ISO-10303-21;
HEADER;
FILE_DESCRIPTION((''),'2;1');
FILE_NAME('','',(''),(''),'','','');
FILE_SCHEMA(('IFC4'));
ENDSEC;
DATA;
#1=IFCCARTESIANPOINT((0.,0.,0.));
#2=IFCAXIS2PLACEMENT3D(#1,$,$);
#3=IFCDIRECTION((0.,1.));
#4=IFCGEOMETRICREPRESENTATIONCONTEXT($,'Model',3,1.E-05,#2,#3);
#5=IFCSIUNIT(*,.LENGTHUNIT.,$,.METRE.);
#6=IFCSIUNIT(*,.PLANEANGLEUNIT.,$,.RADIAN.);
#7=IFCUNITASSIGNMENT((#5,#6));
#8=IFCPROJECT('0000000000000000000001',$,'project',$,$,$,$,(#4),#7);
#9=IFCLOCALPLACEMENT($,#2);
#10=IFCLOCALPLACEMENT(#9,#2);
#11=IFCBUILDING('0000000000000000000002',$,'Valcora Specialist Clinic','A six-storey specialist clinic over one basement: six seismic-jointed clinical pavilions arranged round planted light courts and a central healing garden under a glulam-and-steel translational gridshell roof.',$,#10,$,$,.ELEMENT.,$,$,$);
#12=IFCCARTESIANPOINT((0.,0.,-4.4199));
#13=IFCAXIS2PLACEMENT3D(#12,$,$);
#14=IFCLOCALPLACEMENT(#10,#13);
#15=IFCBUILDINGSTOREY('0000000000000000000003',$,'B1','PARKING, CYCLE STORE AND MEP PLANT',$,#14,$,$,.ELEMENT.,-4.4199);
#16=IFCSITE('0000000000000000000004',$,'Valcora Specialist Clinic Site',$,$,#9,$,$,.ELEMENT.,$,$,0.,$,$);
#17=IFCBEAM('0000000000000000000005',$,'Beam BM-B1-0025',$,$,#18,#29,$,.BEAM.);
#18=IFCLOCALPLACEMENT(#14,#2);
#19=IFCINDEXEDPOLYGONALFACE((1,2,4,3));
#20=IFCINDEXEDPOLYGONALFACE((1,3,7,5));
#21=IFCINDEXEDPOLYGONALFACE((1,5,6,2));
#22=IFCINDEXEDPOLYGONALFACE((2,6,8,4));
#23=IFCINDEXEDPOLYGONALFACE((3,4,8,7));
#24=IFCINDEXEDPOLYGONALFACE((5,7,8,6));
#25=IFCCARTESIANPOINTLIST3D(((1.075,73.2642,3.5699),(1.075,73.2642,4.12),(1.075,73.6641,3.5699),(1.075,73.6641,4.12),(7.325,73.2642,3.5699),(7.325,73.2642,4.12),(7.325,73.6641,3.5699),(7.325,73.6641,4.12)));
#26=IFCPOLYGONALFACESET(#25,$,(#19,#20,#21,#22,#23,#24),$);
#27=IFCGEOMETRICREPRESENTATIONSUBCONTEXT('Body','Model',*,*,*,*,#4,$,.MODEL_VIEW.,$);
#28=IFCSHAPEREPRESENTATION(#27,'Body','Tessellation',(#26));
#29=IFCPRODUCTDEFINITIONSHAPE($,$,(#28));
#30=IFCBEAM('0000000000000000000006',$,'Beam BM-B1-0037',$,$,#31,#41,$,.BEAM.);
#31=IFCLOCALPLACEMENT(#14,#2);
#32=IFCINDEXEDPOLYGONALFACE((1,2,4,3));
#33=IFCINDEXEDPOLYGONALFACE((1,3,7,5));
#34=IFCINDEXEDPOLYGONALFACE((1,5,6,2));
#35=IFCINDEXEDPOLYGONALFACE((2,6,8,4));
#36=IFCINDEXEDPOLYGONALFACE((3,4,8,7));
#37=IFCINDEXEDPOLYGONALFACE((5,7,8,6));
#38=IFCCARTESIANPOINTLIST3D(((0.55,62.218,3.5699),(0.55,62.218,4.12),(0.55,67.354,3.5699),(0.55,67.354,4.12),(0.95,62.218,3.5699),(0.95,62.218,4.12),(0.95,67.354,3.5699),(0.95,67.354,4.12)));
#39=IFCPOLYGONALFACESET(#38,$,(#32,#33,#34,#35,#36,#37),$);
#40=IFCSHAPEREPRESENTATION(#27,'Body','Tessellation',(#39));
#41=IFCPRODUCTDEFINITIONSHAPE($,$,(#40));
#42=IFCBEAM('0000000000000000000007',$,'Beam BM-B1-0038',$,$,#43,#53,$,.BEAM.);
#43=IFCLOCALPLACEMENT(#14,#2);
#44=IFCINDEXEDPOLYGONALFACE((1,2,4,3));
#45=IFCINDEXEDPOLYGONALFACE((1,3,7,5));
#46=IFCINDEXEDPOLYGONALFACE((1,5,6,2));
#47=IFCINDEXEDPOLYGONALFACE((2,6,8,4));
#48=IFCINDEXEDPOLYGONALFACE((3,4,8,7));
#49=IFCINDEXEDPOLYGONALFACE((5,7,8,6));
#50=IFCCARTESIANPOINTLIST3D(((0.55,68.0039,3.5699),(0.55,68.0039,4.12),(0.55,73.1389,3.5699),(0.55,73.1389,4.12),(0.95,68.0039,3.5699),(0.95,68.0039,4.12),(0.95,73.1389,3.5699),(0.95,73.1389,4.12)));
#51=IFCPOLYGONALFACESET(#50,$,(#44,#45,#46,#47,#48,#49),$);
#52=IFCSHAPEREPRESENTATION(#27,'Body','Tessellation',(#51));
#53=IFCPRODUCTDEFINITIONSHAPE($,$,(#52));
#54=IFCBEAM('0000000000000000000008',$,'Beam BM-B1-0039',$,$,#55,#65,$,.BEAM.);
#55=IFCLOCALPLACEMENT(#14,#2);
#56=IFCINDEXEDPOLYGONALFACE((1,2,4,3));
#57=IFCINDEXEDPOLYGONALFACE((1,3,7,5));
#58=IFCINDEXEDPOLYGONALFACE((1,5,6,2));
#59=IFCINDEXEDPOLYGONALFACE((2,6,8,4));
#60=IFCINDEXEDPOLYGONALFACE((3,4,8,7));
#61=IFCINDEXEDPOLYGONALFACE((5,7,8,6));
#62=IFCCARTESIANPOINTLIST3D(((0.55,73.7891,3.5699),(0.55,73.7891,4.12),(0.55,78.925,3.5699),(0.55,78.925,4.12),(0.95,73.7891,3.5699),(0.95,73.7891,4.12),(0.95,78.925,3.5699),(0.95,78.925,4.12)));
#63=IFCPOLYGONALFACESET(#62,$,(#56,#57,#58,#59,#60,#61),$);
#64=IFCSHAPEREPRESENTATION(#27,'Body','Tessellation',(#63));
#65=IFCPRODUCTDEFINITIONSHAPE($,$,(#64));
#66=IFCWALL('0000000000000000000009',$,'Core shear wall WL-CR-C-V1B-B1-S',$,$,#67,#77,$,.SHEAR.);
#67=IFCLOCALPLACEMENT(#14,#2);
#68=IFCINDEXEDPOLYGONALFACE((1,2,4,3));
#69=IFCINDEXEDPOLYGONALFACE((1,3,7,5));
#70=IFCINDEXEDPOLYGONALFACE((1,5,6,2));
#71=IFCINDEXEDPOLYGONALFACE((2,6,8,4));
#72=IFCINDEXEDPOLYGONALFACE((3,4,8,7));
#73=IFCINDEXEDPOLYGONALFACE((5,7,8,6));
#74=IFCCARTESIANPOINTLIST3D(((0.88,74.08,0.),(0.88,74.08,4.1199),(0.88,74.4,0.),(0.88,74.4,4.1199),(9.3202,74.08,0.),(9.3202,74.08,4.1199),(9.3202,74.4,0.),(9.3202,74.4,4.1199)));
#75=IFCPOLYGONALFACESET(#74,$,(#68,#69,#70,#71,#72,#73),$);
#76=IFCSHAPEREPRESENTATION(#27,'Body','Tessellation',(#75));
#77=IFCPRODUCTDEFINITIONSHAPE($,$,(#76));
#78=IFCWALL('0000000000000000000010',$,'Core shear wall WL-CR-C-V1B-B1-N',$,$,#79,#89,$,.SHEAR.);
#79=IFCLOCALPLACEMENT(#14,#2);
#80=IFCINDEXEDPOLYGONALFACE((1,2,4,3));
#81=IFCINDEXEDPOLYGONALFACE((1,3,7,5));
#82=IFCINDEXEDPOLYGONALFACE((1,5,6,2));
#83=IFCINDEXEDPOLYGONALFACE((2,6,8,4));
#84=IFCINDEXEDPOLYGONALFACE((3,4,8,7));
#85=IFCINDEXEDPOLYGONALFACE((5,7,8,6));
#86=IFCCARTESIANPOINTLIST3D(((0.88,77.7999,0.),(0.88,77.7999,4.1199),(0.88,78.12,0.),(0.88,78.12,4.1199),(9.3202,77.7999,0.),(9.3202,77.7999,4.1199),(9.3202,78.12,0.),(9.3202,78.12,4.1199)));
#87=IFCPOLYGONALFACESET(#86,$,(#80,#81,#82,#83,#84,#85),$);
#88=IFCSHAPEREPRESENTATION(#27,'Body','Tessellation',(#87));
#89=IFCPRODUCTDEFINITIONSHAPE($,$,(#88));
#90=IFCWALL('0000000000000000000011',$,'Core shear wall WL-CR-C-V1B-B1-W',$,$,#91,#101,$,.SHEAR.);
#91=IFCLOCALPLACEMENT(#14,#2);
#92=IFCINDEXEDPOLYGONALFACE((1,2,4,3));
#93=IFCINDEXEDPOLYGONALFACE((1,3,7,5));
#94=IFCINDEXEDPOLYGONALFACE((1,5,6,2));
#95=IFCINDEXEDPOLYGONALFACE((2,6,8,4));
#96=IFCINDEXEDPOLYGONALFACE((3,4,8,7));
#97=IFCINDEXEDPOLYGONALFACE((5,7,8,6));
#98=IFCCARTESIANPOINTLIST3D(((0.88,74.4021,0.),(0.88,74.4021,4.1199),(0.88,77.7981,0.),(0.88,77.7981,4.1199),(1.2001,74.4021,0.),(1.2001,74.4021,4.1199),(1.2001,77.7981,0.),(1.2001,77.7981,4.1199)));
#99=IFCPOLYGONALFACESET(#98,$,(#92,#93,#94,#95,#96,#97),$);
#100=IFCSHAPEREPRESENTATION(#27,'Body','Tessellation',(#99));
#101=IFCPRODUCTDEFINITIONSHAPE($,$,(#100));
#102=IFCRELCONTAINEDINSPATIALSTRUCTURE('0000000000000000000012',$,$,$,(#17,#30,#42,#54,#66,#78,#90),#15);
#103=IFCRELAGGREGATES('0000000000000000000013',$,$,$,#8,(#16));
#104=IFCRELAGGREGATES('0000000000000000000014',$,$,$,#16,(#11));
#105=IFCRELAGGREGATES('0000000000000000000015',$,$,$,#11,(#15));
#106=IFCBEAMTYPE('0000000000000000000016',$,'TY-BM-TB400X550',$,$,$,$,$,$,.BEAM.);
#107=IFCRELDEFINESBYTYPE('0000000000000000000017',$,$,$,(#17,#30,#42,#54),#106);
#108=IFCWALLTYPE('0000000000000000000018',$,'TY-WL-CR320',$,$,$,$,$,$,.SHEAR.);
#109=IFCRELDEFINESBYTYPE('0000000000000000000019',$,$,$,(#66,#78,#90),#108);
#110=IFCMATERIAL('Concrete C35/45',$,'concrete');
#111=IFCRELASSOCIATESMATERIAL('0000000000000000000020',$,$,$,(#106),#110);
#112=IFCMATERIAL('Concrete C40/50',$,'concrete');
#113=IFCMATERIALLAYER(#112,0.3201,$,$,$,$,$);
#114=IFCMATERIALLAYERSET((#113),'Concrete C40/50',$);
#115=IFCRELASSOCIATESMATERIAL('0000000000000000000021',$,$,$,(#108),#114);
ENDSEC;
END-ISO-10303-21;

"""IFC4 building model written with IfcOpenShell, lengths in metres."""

from ifc_helpers import new_model, si_unit, direction, frame, frame_2d, origin, origin_2d, place, context, subcontext, project, spatial, rectangle, extrude, material, layer, layer_set, material_profile, profile_set, type_object, element, save


model = new_model("IFC4")

# Units and contexts
model_context = context("Model", 3, precision=1e-05, world=origin(), true_north=direction((0.0, 1.0)))
body_context = subcontext(model_context, "Body", "Model", "MODEL_VIEW")
ifc_project = project(units=[si_unit("LENGTHUNIT", "METRE"), si_unit("PLANEANGLEUNIT", "RADIAN")], contexts=[model_context])

# Site, building, storey
site_placement = place(None, origin())
site = spatial("IfcSite", under=ifc_project, at=site_placement, Name="Valcora Specialist Clinic Site", CompositionType="ELEMENT", RefElevation=0.0)
building_placement = place(site_placement, origin())
building = spatial("IfcBuilding", under=site, at=building_placement, Name="Valcora Specialist Clinic", Description="A six-storey specialist clinic over one basement: six seismic-jointed clinical pavilions arranged round planted light courts and a central healing garden under a glulam-and-steel translational gridshell roof.", CompositionType="ELEMENT")
storey_placement = place(building_placement, frame((0.0, 0.0, -4.4199)))
storey = spatial("IfcBuildingStorey", under=building, at=storey_placement, Name="B1", Description="PARKING, CYCLE STORE AND MEP PLANT", CompositionType="ELEMENT", Elevation=-4.4199)

# Shared definitions
ifc_material_1 = material(Name="Concrete C35/45", Category="concrete")

# Shared definitions
ifc_material_2 = material(Name="Concrete C40/50", Category="concrete")

# Beams
ifc_material_profile_1 = material_profile(ifc_material_1, rectangle(XDim=0.3999, YDim=0.55, at=origin_2d()), Name="RC-TB-400X550")
ifc_profile_set_1 = profile_set([ifc_material_profile_1], Name="Concrete C35/45")
beam_type = type_object("IfcBeamType", Name="TY-BM-TB400X550", PredefinedType="BEAM", material=ifc_profile_set_1)
for number, where, z_axis, x_axis, name in (
    (1, (1.075, 73.4641, 3.845), (1.0, 0.0, 0.0), (0.0, 1.0, 0.0), "Beam BM-B1-0025"),
):
    element("IfcBeam", number, at=place(storey_placement, frame(where, z_axis=z_axis, x_axis=x_axis)), inside=storey, type_object=beam_type, Name=name, PredefinedType="BEAM", context=body_context, shape_type="SweptSolid", body=[
        extrude(rectangle(XDim=0.3999, YDim=0.55, at=origin_2d()), origin(), (0.0, 0.0, 1.0), 6.25),
    ])
beam_1_placement = place(storey_placement, frame((0.75, 62.218, 3.845), z_axis=(0.0, 1.0, 0.0), x_axis=(-1.0, 0.0, 0.0)))
element("IfcBeam", 2, at=beam_1_placement, inside=storey, type_object=beam_type, Name="Beam BM-B1-0037", PredefinedType="BEAM", context=body_context, shape_type="SweptSolid", body=[
    extrude(rectangle(XDim=0.3999, YDim=0.55, at=origin_2d()), origin(), (0.0, 0.0, 1.0), 5.136),
])
beam_2_placement = place(storey_placement, frame((0.75, 68.0039, 3.845), z_axis=(0.0, 1.0, 0.0), x_axis=(-1.0, 0.0, 0.0)))
element("IfcBeam", 3, at=beam_2_placement, inside=storey, type_object=beam_type, Name="Beam BM-B1-0038", PredefinedType="BEAM", context=body_context, shape_type="SweptSolid", body=[
    extrude(rectangle(XDim=0.3999, YDim=0.55, at=origin_2d()), origin(), (0.0, 0.0, 1.0), 5.135),
])
beam_3_placement = place(storey_placement, frame((0.75, 73.7891, 3.845), z_axis=(0.0, 1.0, 0.0), x_axis=(-1.0, 0.0, 0.0)))
element("IfcBeam", 4, at=beam_3_placement, inside=storey, type_object=beam_type, Name="Beam BM-B1-0039", PredefinedType="BEAM", context=body_context, shape_type="SweptSolid", body=[
    extrude(rectangle(XDim=0.3999, YDim=0.55, at=origin_2d()), origin(), (0.0, 0.0, 1.0), 5.136),
])

# Walls
ifc_layer = layer(ifc_material_2, 0.3201)
ifc_layer_set = layer_set([ifc_layer], Name="Concrete C40/50")
wall_type = type_object("IfcWallType", Name="TY-WL-CR320", PredefinedType="SHEAR", material=ifc_layer_set)
for number, where, z_axis, x_axis, name in (
    (5, (0.8799, 74.24, 0.0), (0.0, 0.0, 1.0), (1.0, 0.0, 0.0), "Core shear wall WL-CR-C-V1B-B1-S"),
    (6, (0.8799, 77.96, 0.0), (0.0, 0.0, 1.0), (1.0, 0.0, 0.0), "Core shear wall WL-CR-C-V1B-B1-N"),
):
    element("IfcWall", number, at=place(storey_placement, frame(where, z_axis=z_axis, x_axis=x_axis)), inside=storey, type_object=wall_type, Name=name, PredefinedType="SHEAR", context=body_context, shape_type="SweptSolid", body=[
        extrude(rectangle(XDim=8.4402, YDim=0.3201, at=frame_2d((4.2202, 0.0))), origin(), (0.0, 0.0, 1.0), 4.1199),
    ])
wall_placement = place(storey_placement, frame((1.04, 74.4021, 0.0), z_axis=(0.0, 0.0, 1.0), x_axis=(0.0, 1.0, 0.0)))
element("IfcWall", 7, at=wall_placement, inside=storey, type_object=wall_type, Name="Core shear wall WL-CR-C-V1B-B1-W", PredefinedType="SHEAR", context=body_context, shape_type="SweptSolid", body=[
    extrude(rectangle(XDim=3.396, YDim=0.3201, at=frame_2d((1.698, 0.0))), origin(), (0.0, 0.0, 1.0), 4.1199),
])

save(model, "model.ifc")
